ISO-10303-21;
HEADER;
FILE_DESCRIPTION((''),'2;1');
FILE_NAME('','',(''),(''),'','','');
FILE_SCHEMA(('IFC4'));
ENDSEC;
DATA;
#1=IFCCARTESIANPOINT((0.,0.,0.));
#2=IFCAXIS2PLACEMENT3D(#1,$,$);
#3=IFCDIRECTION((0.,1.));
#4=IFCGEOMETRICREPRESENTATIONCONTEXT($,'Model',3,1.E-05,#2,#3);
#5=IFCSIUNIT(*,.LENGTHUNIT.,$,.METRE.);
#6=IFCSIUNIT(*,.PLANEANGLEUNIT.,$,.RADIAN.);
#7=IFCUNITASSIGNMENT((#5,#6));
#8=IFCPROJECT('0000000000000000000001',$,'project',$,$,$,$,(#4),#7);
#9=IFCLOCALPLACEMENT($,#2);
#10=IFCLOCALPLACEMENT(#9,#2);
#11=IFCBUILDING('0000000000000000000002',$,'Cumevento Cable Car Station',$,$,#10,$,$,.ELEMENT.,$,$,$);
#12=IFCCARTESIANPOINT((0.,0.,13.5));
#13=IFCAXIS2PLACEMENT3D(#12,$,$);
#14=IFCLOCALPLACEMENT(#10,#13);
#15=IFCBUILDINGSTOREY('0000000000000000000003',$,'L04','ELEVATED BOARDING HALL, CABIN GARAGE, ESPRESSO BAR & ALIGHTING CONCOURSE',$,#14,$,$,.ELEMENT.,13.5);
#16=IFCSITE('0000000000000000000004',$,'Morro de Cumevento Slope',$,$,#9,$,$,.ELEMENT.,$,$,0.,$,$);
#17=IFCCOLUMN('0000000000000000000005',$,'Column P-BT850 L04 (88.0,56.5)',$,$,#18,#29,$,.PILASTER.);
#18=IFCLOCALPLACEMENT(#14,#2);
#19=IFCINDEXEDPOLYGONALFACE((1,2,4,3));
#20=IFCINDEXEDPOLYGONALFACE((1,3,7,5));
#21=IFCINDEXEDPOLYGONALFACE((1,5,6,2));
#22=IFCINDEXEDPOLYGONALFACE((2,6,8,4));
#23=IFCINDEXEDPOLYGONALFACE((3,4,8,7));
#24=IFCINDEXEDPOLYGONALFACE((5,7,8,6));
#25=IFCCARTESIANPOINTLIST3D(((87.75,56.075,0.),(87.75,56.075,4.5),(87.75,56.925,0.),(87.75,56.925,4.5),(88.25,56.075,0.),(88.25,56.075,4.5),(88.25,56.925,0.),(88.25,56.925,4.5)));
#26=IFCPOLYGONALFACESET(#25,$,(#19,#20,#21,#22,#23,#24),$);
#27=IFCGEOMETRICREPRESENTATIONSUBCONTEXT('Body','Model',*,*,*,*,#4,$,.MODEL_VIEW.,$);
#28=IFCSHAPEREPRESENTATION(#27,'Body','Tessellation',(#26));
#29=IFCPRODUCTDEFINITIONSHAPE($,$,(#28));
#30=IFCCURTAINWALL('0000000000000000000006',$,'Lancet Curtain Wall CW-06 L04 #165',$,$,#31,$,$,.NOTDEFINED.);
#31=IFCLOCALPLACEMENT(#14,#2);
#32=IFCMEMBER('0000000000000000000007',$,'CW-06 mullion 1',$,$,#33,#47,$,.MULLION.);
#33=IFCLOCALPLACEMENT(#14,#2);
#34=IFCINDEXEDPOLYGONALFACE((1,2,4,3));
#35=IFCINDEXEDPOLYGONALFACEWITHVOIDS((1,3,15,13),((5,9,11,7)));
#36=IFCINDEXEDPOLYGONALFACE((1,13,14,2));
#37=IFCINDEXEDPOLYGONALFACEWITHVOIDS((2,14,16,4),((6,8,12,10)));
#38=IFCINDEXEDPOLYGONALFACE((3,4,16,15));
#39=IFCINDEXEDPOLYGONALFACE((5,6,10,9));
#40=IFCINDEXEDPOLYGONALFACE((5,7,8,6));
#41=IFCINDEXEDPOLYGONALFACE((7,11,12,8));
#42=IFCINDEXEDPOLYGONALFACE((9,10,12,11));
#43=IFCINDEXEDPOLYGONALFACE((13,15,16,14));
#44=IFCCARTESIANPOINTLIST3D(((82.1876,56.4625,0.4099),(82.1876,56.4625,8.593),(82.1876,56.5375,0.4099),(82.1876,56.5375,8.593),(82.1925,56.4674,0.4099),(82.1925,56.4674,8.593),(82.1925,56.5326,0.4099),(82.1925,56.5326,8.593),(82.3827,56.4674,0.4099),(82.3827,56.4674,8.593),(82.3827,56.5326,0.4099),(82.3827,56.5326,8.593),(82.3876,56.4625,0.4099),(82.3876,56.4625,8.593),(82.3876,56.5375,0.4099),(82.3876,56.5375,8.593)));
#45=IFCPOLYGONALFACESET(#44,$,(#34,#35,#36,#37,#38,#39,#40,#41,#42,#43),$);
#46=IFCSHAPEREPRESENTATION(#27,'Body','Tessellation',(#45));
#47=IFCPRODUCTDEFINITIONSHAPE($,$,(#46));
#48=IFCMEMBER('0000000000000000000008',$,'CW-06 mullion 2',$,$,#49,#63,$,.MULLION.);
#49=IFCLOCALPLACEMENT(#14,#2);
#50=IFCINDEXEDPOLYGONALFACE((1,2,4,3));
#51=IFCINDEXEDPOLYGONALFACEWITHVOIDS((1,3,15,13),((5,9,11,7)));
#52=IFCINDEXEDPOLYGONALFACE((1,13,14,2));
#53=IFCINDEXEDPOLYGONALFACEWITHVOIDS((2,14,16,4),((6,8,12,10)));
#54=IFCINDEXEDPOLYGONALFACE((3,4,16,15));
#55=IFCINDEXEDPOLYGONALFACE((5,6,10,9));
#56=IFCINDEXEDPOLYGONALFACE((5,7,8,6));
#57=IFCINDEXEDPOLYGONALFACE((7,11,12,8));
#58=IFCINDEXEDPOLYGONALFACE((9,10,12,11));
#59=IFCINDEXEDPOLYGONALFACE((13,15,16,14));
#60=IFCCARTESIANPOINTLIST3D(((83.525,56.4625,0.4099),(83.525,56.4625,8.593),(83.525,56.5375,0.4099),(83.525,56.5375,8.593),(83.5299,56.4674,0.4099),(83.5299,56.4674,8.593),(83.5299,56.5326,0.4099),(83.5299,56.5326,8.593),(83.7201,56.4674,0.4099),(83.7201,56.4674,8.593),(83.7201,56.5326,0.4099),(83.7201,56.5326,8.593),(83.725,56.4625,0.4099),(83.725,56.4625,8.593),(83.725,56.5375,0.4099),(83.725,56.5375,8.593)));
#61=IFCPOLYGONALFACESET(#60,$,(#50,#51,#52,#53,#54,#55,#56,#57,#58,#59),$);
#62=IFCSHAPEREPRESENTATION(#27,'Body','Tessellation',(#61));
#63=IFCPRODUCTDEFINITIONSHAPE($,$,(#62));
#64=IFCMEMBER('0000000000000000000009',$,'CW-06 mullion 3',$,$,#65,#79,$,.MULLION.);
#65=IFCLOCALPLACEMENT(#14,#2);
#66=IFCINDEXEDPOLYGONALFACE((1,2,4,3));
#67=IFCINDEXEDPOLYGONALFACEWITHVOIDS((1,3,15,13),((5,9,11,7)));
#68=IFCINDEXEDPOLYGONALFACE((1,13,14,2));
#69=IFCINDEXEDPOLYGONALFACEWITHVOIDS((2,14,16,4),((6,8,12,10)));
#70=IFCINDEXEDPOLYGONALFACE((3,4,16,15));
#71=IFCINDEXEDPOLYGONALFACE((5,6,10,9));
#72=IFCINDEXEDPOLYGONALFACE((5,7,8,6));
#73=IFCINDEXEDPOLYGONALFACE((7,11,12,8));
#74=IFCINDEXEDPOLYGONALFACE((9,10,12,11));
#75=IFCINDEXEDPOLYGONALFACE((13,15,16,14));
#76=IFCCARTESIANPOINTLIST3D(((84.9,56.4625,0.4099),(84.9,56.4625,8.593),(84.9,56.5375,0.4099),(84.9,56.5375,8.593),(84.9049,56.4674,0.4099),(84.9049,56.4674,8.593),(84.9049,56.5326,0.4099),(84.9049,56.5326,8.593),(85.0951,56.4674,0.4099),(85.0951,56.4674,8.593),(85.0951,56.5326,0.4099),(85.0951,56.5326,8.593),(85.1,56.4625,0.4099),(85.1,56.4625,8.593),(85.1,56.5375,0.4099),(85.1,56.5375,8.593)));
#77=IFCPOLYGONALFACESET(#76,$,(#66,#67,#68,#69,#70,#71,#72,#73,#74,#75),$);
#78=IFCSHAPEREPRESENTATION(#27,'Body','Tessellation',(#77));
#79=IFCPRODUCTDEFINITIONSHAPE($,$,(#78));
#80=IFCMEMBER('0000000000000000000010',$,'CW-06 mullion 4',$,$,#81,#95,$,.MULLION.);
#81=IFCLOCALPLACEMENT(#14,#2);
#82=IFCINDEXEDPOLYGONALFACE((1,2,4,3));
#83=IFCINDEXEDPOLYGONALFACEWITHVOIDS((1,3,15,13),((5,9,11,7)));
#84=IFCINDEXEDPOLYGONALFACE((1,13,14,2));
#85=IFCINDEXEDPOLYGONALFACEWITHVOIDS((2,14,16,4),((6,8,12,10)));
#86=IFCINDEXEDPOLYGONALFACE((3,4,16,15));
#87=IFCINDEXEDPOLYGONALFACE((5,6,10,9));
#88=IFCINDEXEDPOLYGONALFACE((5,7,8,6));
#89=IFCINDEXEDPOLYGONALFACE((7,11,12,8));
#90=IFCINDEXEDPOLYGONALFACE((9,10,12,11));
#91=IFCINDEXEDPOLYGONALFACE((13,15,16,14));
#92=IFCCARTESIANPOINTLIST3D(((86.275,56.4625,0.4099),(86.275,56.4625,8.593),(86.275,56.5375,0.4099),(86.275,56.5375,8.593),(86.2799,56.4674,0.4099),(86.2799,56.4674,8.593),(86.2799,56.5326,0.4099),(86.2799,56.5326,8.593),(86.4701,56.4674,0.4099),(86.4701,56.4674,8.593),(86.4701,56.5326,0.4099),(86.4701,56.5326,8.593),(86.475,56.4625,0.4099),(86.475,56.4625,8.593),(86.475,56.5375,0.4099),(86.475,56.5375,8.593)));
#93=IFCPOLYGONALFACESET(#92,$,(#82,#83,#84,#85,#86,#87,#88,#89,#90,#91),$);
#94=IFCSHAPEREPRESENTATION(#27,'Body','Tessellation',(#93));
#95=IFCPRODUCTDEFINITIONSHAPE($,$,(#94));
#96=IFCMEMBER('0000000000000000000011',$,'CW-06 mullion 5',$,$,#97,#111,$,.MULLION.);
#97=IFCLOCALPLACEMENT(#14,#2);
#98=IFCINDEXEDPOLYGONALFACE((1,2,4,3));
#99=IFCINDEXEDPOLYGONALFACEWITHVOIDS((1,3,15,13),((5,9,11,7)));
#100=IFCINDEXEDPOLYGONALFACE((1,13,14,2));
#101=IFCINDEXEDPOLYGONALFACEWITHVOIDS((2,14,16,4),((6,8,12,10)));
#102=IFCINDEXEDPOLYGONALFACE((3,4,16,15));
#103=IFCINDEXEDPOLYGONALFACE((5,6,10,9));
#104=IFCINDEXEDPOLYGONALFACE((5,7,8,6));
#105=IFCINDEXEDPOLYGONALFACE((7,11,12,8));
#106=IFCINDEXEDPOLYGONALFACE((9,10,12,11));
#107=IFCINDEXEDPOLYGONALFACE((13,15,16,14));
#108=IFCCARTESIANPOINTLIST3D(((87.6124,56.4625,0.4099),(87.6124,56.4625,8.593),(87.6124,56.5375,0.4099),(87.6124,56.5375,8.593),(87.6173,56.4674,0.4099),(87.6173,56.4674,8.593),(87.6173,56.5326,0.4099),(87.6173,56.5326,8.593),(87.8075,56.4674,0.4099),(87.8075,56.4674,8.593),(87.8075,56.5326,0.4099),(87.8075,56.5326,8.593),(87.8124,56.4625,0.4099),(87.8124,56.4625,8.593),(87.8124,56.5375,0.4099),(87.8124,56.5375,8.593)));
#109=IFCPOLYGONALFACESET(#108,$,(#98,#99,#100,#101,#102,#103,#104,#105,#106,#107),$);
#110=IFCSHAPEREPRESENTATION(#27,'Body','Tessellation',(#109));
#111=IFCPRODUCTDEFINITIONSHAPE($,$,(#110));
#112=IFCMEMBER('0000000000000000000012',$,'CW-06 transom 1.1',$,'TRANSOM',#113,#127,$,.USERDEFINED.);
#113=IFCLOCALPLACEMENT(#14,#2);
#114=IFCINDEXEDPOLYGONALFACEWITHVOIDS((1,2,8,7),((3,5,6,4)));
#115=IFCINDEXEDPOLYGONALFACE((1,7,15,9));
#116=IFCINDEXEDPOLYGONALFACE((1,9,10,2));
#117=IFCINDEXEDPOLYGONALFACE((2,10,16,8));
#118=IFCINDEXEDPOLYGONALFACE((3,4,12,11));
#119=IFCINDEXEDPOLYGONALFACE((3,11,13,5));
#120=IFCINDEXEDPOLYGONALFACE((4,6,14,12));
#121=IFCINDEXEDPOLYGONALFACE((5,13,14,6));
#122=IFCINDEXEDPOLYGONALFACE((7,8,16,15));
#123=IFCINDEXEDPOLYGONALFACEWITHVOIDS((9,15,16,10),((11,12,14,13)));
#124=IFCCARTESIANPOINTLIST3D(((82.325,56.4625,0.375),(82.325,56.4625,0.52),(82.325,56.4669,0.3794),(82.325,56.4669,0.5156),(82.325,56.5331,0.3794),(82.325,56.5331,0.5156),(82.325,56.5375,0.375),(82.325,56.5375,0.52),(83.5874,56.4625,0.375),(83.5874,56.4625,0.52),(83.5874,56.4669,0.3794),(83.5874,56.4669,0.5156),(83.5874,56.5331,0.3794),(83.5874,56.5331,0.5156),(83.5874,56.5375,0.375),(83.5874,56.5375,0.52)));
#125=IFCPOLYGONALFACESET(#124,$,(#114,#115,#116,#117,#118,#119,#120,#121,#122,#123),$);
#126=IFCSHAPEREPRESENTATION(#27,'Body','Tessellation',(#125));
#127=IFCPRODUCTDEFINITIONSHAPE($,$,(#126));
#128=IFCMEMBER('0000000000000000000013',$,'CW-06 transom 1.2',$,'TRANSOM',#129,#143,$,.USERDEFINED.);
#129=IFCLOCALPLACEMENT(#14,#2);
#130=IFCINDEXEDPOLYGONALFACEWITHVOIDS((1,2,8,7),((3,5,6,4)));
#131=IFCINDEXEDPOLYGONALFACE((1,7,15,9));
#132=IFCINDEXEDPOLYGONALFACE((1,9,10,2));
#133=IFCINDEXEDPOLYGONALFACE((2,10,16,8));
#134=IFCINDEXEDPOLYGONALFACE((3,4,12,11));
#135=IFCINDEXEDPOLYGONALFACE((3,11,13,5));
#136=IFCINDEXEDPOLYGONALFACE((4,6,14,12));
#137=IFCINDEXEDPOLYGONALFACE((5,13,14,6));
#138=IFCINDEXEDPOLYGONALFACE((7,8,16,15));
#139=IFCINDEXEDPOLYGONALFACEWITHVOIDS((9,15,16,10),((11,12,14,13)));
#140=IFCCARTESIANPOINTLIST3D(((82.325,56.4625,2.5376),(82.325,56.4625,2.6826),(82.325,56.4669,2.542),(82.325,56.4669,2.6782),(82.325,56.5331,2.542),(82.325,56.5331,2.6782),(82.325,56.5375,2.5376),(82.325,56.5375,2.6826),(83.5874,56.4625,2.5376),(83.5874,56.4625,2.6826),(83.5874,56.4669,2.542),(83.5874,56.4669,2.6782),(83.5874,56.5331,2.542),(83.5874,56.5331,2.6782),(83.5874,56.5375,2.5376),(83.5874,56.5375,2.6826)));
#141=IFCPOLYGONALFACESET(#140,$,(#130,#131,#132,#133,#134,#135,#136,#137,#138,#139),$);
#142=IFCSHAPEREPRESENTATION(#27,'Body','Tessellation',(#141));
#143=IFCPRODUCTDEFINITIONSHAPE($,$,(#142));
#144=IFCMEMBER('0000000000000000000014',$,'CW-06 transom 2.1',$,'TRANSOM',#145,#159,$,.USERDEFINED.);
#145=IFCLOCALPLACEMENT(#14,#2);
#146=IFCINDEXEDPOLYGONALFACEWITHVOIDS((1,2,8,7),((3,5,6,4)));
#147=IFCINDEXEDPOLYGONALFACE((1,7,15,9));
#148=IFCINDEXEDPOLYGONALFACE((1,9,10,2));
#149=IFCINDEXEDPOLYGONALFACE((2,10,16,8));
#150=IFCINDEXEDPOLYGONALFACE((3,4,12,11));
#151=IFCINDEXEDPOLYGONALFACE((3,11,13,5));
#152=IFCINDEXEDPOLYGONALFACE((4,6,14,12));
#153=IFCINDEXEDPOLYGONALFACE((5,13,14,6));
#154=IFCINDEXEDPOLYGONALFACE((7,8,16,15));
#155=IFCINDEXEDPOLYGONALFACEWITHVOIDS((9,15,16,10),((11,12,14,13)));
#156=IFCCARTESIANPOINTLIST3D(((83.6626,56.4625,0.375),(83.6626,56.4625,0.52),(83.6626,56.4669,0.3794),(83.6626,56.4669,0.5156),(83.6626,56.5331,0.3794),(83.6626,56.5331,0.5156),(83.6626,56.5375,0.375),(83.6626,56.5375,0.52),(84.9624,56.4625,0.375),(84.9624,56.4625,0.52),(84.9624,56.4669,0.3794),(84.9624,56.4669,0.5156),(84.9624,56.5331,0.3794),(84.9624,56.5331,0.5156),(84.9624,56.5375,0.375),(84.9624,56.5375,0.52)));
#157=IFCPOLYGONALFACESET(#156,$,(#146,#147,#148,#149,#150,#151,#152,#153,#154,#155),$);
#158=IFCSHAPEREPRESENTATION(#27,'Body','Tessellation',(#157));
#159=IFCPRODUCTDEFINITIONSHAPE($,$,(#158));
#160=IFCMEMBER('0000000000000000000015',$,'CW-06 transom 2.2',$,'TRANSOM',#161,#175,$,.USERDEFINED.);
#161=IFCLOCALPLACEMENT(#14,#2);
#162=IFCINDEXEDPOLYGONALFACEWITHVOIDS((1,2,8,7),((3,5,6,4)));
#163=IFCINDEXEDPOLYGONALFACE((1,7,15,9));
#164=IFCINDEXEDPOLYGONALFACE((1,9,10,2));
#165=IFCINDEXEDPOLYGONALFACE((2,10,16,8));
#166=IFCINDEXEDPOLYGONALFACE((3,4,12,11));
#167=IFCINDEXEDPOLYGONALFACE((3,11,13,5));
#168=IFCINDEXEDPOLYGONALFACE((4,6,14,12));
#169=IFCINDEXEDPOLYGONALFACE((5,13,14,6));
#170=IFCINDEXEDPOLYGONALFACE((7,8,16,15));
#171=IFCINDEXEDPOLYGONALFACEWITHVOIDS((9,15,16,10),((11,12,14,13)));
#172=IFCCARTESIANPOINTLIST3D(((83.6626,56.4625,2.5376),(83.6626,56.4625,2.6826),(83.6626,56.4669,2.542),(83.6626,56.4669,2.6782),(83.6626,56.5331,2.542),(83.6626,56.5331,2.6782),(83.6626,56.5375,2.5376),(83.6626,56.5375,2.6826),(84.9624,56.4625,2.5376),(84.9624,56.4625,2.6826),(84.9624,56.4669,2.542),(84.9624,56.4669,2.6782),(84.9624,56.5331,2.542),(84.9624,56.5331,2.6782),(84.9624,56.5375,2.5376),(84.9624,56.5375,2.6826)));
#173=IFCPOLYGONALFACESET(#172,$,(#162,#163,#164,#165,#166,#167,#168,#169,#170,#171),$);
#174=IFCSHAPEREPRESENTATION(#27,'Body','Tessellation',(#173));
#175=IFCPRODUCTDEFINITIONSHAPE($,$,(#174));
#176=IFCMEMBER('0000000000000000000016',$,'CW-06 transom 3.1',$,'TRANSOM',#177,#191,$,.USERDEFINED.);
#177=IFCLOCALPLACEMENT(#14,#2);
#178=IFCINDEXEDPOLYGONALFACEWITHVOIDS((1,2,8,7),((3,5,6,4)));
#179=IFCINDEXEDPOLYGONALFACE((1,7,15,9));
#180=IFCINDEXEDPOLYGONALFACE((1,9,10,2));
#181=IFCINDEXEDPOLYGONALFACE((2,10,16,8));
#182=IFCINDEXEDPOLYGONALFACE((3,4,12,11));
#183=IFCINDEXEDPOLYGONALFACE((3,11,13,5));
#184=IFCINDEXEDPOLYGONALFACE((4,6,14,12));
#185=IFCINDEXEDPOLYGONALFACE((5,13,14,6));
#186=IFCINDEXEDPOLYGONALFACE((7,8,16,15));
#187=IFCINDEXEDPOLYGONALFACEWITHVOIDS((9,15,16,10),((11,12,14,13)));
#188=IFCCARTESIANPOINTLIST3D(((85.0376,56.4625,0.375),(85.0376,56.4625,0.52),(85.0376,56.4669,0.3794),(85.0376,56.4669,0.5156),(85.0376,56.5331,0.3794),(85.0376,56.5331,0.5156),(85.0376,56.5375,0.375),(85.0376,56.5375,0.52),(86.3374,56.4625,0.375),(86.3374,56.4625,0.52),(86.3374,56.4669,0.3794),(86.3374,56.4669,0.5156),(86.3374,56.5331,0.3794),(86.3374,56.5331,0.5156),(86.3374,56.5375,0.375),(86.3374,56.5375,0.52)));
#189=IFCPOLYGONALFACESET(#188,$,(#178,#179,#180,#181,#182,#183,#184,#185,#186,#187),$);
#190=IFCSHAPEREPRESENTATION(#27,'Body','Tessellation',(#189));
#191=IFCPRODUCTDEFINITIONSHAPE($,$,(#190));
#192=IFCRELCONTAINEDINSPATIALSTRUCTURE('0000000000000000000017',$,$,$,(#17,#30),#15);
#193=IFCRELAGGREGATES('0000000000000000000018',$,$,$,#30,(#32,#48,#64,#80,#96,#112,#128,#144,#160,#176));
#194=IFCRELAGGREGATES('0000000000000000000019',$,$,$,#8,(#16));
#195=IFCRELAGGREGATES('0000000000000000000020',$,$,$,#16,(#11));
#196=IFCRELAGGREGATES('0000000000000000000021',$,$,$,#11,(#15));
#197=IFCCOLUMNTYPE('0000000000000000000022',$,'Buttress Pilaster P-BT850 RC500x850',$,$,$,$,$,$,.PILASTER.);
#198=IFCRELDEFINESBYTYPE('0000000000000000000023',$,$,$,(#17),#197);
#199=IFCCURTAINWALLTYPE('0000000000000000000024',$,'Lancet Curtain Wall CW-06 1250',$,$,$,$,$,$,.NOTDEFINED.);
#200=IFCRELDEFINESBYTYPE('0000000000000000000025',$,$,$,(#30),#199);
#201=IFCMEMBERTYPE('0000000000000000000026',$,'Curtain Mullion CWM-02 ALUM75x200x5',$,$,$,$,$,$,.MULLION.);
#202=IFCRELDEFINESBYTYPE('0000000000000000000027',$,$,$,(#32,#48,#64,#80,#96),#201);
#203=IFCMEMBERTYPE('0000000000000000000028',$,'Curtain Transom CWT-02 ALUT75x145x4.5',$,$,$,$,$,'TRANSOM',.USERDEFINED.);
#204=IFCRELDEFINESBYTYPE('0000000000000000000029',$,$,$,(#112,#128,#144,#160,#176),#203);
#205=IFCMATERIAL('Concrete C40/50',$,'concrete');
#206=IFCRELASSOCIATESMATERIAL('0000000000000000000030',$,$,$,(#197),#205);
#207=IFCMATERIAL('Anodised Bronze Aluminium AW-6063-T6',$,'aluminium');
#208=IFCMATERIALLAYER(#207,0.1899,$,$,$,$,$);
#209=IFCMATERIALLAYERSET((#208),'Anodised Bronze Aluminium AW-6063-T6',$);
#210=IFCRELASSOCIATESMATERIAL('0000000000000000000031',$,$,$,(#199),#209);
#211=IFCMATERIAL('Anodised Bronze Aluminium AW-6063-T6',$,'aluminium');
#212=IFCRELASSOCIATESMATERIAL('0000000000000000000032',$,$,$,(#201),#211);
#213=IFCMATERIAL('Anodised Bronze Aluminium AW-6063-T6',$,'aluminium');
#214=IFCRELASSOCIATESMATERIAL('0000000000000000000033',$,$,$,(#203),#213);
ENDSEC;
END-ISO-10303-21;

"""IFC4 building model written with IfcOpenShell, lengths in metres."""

from ifc_helpers import new_model, si_unit, direction, frame, origin, origin_2d, place, context, subcontext, project, spatial, rectangle, hollow_rectangle, extrude, material, layer, layer_set, material_profile, profile_set, type_object, element, aggregate, save


model = new_model("IFC4")

# Units and contexts
model_context = context("Model", 3, precision=1e-05, world=origin(), true_north=direction((0.0, 1.0)))
body_context = subcontext(model_context, "Body", "Model", "MODEL_VIEW")
ifc_project = project(units=[si_unit("LENGTHUNIT", "METRE"), si_unit("PLANEANGLEUNIT", "RADIAN")], contexts=[model_context])

# Site, building, storey
site_placement = place(None, origin())
site = spatial("IfcSite", under=ifc_project, at=site_placement, Name="Morro de Cumevento Slope", CompositionType="ELEMENT", RefElevation=0.0)
building_placement = place(site_placement, origin())
building = spatial("IfcBuilding", under=site, at=building_placement, Name="Cumevento Cable Car Station", CompositionType="ELEMENT")
storey_placement = place(building_placement, frame((0.0, 0.0, 13.5)))
storey = spatial("IfcBuildingStorey", under=building, at=storey_placement, Name="L04", Description="ELEVATED BOARDING HALL, CABIN GARAGE, ESPRESSO BAR & ALIGHTING CONCOURSE", CompositionType="ELEMENT", Elevation=13.5)

# Column
ifc_material_1 = material(Name="Concrete C40/50", Category="concrete")
ifc_material_profile_1 = material_profile(ifc_material_1, rectangle(XDim=0.5, YDim=0.8501, at=origin_2d()), Name="RC500x850")
ifc_profile_set_1 = profile_set([ifc_material_profile_1], Name="Concrete C40/50")
column_type = type_object("IfcColumnType", Name="Buttress Pilaster P-BT850 RC500x850", PredefinedType="PILASTER", material=ifc_profile_set_1)
column_placement = place(storey_placement, frame((88.0, 56.5, 0.0), z_axis=(0.0, 0.0, 1.0), x_axis=(1.0, 0.0, 0.0)))
element("IfcColumn", 1, at=column_placement, inside=storey, type_object=column_type, Name="Column P-BT850 L04 (88.0,56.5)", PredefinedType="PILASTER", context=body_context, shape_type="SweptSolid", body=[
    extrude(rectangle(XDim=0.5, YDim=0.8501, at=origin_2d()), origin(), (0.0, 0.0, 1.0), 4.5),
])

# Curtain wall, members
ifc_material_2 = material(Name="Anodised Bronze Aluminium AW-6063-T6", Category="aluminium")
ifc_layer_1 = layer(ifc_material_2, 0.1899)
ifc_layer_set_1 = layer_set([ifc_layer_1], Name="Anodised Bronze Aluminium AW-6063-T6")
curtain_wall_type = type_object("IfcCurtainWallType", Name="Lancet Curtain Wall CW-06 1250", PredefinedType="NOTDEFINED", material=ifc_layer_set_1)
curtain_wall_placement = place(storey_placement, origin())
curtain_wall = element("IfcCurtainWall", 2, at=curtain_wall_placement, inside=storey, type_object=curtain_wall_type, Name="Lancet Curtain Wall CW-06 L04 #165", PredefinedType="NOTDEFINED")
ifc_material_3 = material(Name="Anodised Bronze Aluminium AW-6063-T6", Category="aluminium")
ifc_material_profile_2 = material_profile(ifc_material_3, hollow_rectangle(XDim=0.075, YDim=0.2, WallThickness=0.0049, at=origin_2d()), Name="ALUM75x200x5")
ifc_profile_set_2 = profile_set([ifc_material_profile_2], Name="Anodised Bronze Aluminium AW-6063-T6")
member_type_1 = type_object("IfcMemberType", Name="Curtain Mullion CWM-02 ALUM75x200x5", PredefinedType="MULLION", material=ifc_profile_set_2)
member_1_placement = place(storey_placement, frame((82.2876, 56.5, 0.4099), z_axis=(0.0, 0.0, 1.0), x_axis=(0.0, 1.0, 0.0)))
member_1 = element("IfcMember", 3, at=member_1_placement, type_object=member_type_1, Name="CW-06 mullion 1", PredefinedType="MULLION", context=body_context, shape_type="SweptSolid", body=[
    extrude(hollow_rectangle(XDim=0.075, YDim=0.2, WallThickness=0.0049, at=origin_2d()), origin(), (0.0, 0.0, 1.0), 8.1831),
])
member_2_placement = place(storey_placement, frame((83.625, 56.5, 0.4099), z_axis=(0.0, 0.0, 1.0), x_axis=(0.0, 1.0, 0.0)))
member_2 = element("IfcMember", 4, at=member_2_placement, type_object=member_type_1, Name="CW-06 mullion 2", PredefinedType="MULLION", context=body_context, shape_type="SweptSolid", body=[
    extrude(hollow_rectangle(XDim=0.075, YDim=0.2, WallThickness=0.0049, at=origin_2d()), origin(), (0.0, 0.0, 1.0), 8.1831),
])
member_3_placement = place(storey_placement, frame((85.0, 56.5, 0.4099), z_axis=(0.0, 0.0, 1.0), x_axis=(0.0, 1.0, 0.0)))
member_3 = element("IfcMember", 5, at=member_3_placement, type_object=member_type_1, Name="CW-06 mullion 3", PredefinedType="MULLION", context=body_context, shape_type="SweptSolid", body=[
    extrude(hollow_rectangle(XDim=0.075, YDim=0.2, WallThickness=0.0049, at=origin_2d()), origin(), (0.0, 0.0, 1.0), 8.1831),
])
member_4_placement = place(storey_placement, frame((86.375, 56.5, 0.4099), z_axis=(0.0, 0.0, 1.0), x_axis=(0.0, 1.0, 0.0)))
member_4 = element("IfcMember", 6, at=member_4_placement, type_object=member_type_1, Name="CW-06 mullion 4", PredefinedType="MULLION", context=body_context, shape_type="SweptSolid", body=[
    extrude(hollow_rectangle(XDim=0.075, YDim=0.2, WallThickness=0.0049, at=origin_2d()), origin(), (0.0, 0.0, 1.0), 8.1831),
])
member_5_placement = place(storey_placement, frame((87.7124, 56.5, 0.4099), z_axis=(0.0, 0.0, 1.0), x_axis=(0.0, 1.0, 0.0)))
member_5 = element("IfcMember", 7, at=member_5_placement, type_object=member_type_1, Name="CW-06 mullion 5", PredefinedType="MULLION", context=body_context, shape_type="SweptSolid", body=[
    extrude(hollow_rectangle(XDim=0.075, YDim=0.2, WallThickness=0.0049, at=origin_2d()), origin(), (0.0, 0.0, 1.0), 8.1831),
])
ifc_material_4 = material(Name="Anodised Bronze Aluminium AW-6063-T6", Category="aluminium")
ifc_material_profile_3 = material_profile(ifc_material_4, hollow_rectangle(XDim=0.075, YDim=0.145, WallThickness=0.0044, at=origin_2d()), Name="ALUT75x145x4.5")
ifc_profile_set_3 = profile_set([ifc_material_profile_3], Name="Anodised Bronze Aluminium AW-6063-T6")
member_type_2 = type_object("IfcMemberType", Name="Curtain Transom CWT-02 ALUT75x145x4.5", ElementType="TRANSOM", PredefinedType="USERDEFINED", material=ifc_profile_set_3)
member_6_placement = place(storey_placement, frame((82.325, 56.5, 0.4475), z_axis=(1.0, 0.0, 0.0), x_axis=(0.0, 1.0, 0.0)))
member_6 = element("IfcMember", 8, at=member_6_placement, type_object=member_type_2, Name="CW-06 transom 1.1", ObjectType="TRANSOM", PredefinedType="USERDEFINED", context=body_context, shape_type="SweptSolid", body=[
    extrude(hollow_rectangle(XDim=0.075, YDim=0.145, WallThickness=0.0044, at=origin_2d()), origin(), (0.0, 0.0, 1.0), 1.2625),
])
member_7_placement = place(storey_placement, frame((82.325, 56.5, 2.6101), z_axis=(1.0, 0.0, 0.0), x_axis=(0.0, 1.0, 0.0)))
member_7 = element("IfcMember", 9, at=member_7_placement, type_object=member_type_2, Name="CW-06 transom 1.2", ObjectType="TRANSOM", PredefinedType="USERDEFINED", context=body_context, shape_type="SweptSolid", body=[
    extrude(hollow_rectangle(XDim=0.075, YDim=0.145, WallThickness=0.0044, at=origin_2d()), origin(), (0.0, 0.0, 1.0), 1.2625),
])
member_8_placement = place(storey_placement, frame((83.6626, 56.5, 0.4475), z_axis=(1.0, 0.0, 0.0), x_axis=(0.0, 1.0, 0.0)))
member_8 = element("IfcMember", 10, at=member_8_placement, type_object=member_type_2, Name="CW-06 transom 2.1", ObjectType="TRANSOM", PredefinedType="USERDEFINED", context=body_context, shape_type="SweptSolid", body=[
    extrude(hollow_rectangle(XDim=0.075, YDim=0.145, WallThickness=0.0044, at=origin_2d()), origin(), (0.0, 0.0, 1.0), 1.2998),
])
member_9_placement = place(storey_placement, frame((83.6626, 56.5, 2.6101), z_axis=(1.0, 0.0, 0.0), x_axis=(0.0, 1.0, 0.0)))
member_9 = element("IfcMember", 11, at=member_9_placement, type_object=member_type_2, Name="CW-06 transom 2.2", ObjectType="TRANSOM", PredefinedType="USERDEFINED", context=body_context, shape_type="SweptSolid", body=[
    extrude(hollow_rectangle(XDim=0.075, YDim=0.145, WallThickness=0.0044, at=origin_2d()), origin(), (0.0, 0.0, 1.0), 1.2998),
])
member_10_placement = place(storey_placement, frame((85.0376, 56.5, 0.4475), z_axis=(1.0, 0.0, 0.0), x_axis=(0.0, 1.0, 0.0)))
member_10 = element("IfcMember", 12, at=member_10_placement, type_object=member_type_2, Name="CW-06 transom 3.1", ObjectType="TRANSOM", PredefinedType="USERDEFINED", context=body_context, shape_type="SweptSolid", body=[
    extrude(hollow_rectangle(XDim=0.075, YDim=0.145, WallThickness=0.0044, at=origin_2d()), origin(), (0.0, 0.0, 1.0), 1.2998),
])

aggregate(curtain_wall, [member_1, member_2, member_3, member_4, member_5, member_6, member_7, member_8, member_9, member_10])

save(model, "model.ifc")
